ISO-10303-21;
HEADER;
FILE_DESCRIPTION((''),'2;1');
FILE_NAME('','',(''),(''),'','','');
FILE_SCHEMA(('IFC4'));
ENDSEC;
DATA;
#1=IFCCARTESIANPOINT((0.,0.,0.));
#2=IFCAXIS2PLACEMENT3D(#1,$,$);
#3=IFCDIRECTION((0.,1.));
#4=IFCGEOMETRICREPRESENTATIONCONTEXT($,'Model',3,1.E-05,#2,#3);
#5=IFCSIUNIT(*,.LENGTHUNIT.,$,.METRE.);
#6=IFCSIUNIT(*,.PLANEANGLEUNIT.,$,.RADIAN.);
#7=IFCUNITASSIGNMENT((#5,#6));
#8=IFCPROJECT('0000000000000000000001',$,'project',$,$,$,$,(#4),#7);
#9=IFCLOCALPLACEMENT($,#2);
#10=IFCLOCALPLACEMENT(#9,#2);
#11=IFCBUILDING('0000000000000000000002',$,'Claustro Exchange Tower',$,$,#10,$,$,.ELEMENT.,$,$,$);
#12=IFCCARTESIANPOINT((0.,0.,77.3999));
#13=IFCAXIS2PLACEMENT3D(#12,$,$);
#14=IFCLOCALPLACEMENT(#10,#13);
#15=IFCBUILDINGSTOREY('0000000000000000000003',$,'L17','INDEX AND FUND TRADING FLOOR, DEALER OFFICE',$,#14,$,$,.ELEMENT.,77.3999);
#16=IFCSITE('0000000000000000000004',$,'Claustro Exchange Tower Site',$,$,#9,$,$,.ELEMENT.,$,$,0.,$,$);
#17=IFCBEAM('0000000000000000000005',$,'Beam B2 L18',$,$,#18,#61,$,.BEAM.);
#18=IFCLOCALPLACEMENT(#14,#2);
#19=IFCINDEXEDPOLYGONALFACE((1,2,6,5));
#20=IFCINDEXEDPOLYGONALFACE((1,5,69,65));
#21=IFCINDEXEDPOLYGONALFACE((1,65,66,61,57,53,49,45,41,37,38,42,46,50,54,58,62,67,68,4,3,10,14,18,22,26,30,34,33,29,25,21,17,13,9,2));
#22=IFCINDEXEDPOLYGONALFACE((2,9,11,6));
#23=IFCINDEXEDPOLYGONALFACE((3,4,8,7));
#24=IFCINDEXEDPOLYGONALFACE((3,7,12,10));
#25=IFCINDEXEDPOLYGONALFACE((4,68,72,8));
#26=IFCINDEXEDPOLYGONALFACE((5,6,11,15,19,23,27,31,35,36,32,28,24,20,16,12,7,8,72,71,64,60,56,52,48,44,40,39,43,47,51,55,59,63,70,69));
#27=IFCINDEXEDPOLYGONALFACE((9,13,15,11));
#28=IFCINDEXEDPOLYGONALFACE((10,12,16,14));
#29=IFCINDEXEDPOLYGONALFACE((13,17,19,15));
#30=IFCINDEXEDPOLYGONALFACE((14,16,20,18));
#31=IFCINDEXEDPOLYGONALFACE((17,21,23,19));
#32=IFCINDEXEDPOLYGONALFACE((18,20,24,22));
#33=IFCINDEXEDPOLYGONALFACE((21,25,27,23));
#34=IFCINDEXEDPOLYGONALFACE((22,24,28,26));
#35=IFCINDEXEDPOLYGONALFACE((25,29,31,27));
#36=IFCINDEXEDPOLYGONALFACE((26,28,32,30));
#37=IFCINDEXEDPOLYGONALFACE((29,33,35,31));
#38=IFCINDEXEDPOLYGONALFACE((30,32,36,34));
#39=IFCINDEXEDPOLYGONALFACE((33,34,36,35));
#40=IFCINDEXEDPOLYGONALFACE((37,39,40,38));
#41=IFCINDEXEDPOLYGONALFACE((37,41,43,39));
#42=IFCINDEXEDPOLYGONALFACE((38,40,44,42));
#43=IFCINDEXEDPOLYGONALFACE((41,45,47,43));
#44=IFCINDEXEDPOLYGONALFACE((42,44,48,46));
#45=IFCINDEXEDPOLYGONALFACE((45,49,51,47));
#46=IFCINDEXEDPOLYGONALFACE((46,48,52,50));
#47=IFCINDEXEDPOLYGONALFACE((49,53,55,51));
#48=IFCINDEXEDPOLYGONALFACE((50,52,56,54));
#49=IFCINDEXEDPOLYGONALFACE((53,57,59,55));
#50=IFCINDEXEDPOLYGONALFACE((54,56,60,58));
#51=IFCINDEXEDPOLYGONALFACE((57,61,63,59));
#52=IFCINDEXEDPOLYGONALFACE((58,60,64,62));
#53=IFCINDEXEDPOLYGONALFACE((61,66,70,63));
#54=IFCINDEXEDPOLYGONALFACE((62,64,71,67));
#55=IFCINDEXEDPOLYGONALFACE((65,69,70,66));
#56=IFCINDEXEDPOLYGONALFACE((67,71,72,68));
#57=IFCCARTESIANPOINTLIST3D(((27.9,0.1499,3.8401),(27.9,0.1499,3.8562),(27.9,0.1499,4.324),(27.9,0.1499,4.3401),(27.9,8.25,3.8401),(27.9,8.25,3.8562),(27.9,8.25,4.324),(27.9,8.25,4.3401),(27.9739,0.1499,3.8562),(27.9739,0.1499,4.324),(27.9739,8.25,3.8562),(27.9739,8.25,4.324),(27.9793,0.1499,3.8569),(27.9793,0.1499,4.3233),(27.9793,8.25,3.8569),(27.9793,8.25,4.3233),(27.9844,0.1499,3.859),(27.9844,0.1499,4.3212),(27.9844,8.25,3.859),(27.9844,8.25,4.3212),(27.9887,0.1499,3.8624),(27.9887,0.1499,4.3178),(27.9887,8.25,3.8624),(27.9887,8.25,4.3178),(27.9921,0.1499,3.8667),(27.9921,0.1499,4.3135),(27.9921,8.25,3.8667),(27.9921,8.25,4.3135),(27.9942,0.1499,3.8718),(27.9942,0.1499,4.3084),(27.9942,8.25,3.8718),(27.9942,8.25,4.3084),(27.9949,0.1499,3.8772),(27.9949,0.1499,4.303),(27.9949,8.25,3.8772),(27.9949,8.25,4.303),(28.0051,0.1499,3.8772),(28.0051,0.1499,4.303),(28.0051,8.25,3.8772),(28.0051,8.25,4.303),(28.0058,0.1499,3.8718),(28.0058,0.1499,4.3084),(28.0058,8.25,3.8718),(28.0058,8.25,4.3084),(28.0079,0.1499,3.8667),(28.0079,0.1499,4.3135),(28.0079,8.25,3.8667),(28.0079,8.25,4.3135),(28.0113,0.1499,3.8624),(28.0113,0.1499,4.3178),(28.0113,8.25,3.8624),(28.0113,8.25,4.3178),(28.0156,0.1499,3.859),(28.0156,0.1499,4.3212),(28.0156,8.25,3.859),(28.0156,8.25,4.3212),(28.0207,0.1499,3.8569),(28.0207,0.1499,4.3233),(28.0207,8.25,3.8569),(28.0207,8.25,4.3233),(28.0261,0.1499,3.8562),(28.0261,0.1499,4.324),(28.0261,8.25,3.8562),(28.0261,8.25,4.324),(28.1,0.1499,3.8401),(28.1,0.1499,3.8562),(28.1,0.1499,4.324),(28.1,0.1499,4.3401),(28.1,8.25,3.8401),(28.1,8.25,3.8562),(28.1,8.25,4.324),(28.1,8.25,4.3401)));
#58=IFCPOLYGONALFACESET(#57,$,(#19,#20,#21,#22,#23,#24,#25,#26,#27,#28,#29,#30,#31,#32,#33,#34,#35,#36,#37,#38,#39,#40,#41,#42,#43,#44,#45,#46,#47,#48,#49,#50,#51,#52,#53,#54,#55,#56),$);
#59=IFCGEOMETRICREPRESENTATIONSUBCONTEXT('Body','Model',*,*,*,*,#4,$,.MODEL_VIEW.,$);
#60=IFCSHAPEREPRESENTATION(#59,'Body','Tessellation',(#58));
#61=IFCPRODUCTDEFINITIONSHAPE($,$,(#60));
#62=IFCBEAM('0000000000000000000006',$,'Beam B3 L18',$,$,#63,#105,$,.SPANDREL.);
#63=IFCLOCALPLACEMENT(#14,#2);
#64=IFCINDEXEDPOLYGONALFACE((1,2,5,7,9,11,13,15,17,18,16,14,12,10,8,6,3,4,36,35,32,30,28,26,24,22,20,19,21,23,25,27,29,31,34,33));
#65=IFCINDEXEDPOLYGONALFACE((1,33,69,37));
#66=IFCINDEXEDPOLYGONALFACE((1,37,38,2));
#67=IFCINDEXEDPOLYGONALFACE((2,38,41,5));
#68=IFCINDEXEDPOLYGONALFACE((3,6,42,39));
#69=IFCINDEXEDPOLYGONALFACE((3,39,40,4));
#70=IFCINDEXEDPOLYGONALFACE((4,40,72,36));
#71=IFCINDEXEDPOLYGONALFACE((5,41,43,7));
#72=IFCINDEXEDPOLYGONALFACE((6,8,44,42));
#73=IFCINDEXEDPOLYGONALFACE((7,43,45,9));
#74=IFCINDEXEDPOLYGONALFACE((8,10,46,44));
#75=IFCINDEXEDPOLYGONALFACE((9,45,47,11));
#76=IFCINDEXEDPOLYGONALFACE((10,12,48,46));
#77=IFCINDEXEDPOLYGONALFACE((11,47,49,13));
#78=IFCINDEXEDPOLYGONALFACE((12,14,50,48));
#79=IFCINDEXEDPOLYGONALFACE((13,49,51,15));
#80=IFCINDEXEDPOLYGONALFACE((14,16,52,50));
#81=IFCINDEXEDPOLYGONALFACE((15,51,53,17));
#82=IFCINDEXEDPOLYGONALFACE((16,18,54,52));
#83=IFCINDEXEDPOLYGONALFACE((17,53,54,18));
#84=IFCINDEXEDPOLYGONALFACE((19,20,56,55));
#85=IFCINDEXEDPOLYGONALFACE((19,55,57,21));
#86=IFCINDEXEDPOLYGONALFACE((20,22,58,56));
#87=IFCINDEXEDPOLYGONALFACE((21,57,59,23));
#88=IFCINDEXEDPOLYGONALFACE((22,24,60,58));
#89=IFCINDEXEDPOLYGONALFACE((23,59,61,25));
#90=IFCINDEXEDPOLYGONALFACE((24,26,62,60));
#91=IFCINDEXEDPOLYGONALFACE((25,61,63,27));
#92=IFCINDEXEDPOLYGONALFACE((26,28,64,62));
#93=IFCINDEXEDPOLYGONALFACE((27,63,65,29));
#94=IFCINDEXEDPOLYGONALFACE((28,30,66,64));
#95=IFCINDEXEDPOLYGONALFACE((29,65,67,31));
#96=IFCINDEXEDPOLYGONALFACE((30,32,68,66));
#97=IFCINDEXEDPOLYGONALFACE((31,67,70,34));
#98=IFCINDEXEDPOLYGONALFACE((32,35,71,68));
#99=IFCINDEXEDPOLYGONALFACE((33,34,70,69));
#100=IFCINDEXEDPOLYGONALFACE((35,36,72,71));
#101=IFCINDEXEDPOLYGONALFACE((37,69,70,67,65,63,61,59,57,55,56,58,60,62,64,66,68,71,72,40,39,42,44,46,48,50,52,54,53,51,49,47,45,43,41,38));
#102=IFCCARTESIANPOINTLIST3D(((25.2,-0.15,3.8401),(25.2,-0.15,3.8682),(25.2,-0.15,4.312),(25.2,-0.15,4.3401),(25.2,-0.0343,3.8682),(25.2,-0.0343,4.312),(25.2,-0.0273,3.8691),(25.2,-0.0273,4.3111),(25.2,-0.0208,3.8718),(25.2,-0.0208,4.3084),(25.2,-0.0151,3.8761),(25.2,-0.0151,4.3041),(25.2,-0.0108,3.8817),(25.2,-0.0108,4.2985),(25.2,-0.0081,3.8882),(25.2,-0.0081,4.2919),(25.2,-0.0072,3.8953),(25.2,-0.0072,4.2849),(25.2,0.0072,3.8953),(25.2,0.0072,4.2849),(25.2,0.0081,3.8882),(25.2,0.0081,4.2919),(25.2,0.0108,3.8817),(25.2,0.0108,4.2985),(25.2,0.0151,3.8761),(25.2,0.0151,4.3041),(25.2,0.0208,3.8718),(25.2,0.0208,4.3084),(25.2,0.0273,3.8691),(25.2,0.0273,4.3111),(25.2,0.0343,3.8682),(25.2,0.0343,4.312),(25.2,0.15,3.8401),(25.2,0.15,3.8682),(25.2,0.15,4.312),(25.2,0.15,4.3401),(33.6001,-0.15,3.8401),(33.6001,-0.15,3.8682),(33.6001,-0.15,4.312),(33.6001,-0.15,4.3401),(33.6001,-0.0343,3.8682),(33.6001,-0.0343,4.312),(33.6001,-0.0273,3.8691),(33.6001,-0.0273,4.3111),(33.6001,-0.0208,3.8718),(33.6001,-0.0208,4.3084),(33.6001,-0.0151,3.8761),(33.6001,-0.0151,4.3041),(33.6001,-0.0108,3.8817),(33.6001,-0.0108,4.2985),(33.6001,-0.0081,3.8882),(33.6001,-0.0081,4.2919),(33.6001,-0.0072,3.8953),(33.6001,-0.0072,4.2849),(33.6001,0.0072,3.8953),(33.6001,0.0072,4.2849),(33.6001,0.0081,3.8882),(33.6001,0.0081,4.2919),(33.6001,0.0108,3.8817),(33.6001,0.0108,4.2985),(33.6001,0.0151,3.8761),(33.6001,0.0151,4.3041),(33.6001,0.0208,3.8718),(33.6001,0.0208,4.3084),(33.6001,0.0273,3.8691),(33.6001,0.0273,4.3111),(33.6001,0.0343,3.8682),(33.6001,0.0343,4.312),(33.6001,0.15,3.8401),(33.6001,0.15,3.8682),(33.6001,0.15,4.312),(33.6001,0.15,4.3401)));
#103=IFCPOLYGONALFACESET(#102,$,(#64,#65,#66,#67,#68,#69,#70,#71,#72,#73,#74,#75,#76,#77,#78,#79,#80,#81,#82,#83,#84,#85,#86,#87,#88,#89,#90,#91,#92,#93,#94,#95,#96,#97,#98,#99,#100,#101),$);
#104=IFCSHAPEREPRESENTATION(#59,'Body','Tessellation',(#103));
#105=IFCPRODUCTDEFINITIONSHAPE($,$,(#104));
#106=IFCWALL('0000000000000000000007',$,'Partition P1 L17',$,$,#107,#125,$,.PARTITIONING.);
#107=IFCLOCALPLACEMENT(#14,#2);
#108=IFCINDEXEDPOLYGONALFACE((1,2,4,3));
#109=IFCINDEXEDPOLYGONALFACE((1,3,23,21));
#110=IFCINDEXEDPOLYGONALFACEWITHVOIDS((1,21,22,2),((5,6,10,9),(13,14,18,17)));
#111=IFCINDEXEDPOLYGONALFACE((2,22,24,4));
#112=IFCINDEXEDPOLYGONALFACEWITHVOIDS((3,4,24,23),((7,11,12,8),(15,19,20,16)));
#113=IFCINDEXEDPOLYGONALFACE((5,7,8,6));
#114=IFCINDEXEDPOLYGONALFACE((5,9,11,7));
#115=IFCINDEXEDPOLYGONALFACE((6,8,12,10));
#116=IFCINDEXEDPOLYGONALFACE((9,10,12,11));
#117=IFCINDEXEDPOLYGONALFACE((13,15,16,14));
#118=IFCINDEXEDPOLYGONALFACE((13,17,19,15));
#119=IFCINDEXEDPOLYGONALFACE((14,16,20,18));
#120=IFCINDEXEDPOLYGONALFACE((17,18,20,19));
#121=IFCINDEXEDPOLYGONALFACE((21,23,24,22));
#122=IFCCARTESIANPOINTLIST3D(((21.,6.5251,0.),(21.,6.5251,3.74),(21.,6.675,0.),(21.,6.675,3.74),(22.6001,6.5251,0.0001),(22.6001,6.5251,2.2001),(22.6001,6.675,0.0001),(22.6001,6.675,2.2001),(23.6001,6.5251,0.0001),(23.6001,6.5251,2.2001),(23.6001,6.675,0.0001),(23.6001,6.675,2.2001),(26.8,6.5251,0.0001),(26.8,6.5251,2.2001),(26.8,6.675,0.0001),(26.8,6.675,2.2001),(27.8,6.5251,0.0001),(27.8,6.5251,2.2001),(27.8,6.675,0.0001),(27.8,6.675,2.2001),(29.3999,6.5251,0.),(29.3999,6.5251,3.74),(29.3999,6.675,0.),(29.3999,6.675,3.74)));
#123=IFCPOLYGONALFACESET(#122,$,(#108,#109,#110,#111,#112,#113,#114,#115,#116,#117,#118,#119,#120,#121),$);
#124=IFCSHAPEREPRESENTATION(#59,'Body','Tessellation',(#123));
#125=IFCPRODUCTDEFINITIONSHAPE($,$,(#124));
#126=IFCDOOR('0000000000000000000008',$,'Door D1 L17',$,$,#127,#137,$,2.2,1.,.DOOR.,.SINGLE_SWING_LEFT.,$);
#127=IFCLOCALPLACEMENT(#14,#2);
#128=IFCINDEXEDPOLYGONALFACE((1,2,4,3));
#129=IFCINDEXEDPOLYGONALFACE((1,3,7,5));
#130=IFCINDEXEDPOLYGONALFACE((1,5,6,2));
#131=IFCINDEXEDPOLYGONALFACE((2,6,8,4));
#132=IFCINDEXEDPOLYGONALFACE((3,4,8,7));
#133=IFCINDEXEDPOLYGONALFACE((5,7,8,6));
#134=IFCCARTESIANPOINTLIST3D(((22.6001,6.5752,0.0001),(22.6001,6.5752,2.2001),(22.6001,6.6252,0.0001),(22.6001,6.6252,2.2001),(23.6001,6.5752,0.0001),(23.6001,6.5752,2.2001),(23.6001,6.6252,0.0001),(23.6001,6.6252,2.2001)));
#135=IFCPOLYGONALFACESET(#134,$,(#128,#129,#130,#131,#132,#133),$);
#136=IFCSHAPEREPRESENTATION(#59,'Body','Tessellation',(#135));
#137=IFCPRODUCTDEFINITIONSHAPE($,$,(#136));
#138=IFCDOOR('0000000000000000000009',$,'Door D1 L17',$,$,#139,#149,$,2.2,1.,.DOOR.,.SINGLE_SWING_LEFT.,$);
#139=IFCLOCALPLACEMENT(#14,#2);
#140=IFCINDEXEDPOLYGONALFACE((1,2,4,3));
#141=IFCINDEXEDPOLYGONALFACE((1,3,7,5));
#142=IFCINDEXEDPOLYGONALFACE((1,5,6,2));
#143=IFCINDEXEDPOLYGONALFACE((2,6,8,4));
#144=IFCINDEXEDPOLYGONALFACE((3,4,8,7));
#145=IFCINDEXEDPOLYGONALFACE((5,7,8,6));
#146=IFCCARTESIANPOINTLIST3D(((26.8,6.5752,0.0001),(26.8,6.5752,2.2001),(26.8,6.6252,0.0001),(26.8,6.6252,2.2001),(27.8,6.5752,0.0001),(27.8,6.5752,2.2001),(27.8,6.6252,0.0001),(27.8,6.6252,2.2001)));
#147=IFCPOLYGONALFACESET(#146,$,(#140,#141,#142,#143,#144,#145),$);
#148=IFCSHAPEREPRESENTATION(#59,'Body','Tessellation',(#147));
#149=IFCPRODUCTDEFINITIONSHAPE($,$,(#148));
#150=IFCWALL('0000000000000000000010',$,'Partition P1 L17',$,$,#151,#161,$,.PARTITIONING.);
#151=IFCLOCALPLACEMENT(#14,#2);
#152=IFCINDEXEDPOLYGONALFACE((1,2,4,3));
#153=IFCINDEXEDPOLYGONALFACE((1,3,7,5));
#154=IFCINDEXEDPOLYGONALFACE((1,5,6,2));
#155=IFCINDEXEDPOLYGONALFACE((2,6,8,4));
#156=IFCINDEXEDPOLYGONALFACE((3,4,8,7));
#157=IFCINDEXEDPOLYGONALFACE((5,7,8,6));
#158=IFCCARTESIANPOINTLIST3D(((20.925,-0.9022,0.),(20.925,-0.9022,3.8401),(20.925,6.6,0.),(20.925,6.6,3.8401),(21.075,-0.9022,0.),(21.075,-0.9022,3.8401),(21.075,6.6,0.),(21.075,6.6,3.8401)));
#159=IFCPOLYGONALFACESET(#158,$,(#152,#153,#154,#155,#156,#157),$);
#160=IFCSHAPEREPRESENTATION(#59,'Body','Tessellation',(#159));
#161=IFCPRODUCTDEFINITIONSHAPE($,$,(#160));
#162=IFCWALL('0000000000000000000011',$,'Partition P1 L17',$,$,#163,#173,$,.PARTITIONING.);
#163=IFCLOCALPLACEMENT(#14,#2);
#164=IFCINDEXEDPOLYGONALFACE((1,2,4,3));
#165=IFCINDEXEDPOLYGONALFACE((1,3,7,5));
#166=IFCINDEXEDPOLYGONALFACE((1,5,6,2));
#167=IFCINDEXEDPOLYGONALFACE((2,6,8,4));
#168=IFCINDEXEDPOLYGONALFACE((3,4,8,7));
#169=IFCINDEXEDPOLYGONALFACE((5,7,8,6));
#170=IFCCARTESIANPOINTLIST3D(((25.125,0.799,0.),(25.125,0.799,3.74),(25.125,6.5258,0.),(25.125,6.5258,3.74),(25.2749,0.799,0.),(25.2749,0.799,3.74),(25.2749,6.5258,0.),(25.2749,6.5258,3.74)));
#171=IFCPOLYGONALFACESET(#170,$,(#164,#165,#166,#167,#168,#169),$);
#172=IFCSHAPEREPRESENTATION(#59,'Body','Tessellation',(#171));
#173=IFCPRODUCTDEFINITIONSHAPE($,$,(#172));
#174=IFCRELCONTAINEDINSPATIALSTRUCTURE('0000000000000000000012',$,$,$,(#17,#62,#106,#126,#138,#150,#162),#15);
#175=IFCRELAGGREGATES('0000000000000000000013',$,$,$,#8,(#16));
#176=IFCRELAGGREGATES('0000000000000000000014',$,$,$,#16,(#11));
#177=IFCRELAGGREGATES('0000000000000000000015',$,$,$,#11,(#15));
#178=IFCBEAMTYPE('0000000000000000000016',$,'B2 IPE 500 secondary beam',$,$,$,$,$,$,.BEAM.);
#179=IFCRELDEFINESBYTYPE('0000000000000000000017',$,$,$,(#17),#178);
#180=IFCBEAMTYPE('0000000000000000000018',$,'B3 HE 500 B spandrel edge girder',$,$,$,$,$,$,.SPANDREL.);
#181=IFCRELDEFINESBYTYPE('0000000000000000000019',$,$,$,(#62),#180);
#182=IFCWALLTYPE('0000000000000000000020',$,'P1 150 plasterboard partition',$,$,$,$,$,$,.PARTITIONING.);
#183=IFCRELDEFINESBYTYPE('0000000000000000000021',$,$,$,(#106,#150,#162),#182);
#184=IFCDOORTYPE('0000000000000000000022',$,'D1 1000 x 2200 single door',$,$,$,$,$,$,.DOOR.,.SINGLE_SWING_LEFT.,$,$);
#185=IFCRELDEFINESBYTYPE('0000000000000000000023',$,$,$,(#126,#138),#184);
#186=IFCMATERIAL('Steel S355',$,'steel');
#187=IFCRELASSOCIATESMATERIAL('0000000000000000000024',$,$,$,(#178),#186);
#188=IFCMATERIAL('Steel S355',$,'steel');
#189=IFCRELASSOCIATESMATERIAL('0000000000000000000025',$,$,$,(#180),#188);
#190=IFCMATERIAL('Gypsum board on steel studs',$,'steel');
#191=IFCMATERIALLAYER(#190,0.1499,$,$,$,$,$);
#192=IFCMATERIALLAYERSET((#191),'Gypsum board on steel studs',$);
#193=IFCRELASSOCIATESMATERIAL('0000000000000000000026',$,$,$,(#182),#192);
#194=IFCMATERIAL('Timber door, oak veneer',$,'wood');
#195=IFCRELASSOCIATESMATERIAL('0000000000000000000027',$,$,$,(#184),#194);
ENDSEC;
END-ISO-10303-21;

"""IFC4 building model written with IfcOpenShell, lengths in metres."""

from ifc_helpers import new_model, si_unit, direction, frame, frame_2d, origin, origin_2d, place, context, subcontext, project, spatial, rectangle, i_section, extrude, material, layer, layer_set, material_profile, profile_set, type_object, element, fill, save


model = new_model("IFC4")

# Units and contexts
model_context = context("Model", 3, precision=1e-05, world=origin(), true_north=direction((0.0, 1.0)))
body_context = subcontext(model_context, "Body", "Model", "MODEL_VIEW")
ifc_project = project(units=[si_unit("LENGTHUNIT", "METRE"), si_unit("PLANEANGLEUNIT", "RADIAN")], contexts=[model_context])

# Site, building, storey
site_placement = place(None, origin())
site = spatial("IfcSite", under=ifc_project, at=site_placement, Name="Claustro Exchange Tower Site", CompositionType="ELEMENT", RefElevation=0.0)
building_placement = place(site_placement, origin())
building = spatial("IfcBuilding", under=site, at=building_placement, Name="Claustro Exchange Tower", CompositionType="ELEMENT")
storey_placement = place(building_placement, frame((0.0, 0.0, 77.3999)))
storey = spatial("IfcBuildingStorey", under=building, at=storey_placement, Name="L17", Description="INDEX AND FUND TRADING FLOOR, DEALER OFFICE", CompositionType="ELEMENT", Elevation=77.3999)

# Beams
ifc_material_1 = material(Name="Steel S355", Category="steel")
ifc_material_profile_1 = material_profile(ifc_material_1, i_section(OverallWidth=0.2, OverallDepth=0.5, WebThickness=0.0103, FlangeThickness=0.0161, FilletRadius=0.021, at=origin_2d()), Name="IPE 500")
ifc_profile_set_1 = profile_set([ifc_material_profile_1], Name="Steel S355")
beam_type_1 = type_object("IfcBeamType", Name="B2 IPE 500 secondary beam", PredefinedType="BEAM", material=ifc_profile_set_1)
beam_1_placement = place(storey_placement, frame((28.0, 0.1499, 4.0901), z_axis=(0.0, 1.0, 0.0), x_axis=(-1.0, 0.0, 0.0)))
element("IfcBeam", 1, at=beam_1_placement, inside=storey, type_object=beam_type_1, Name="Beam B2 L18", PredefinedType="BEAM", context=body_context, shape_type="SweptSolid", body=[
    extrude(i_section(OverallWidth=0.2, OverallDepth=0.5, WebThickness=0.0103, FlangeThickness=0.0161, FilletRadius=0.021, at=origin_2d()), origin(), (0.0, 0.0, 1.0), 8.1001),
])
ifc_material_2 = material(Name="Steel S355", Category="steel")
ifc_material_profile_2 = material_profile(ifc_material_2, i_section(OverallWidth=0.3, OverallDepth=0.5, WebThickness=0.0144, FlangeThickness=0.0281, FilletRadius=0.0271, at=origin_2d()), Name="HE 500 B")
ifc_profile_set_2 = profile_set([ifc_material_profile_2], Name="Steel S355")
beam_type_2 = type_object("IfcBeamType", Name="B3 HE 500 B spandrel edge girder", PredefinedType="SPANDREL", material=ifc_profile_set_2)
beam_2_placement = place(storey_placement, frame((25.2, 0.0, 4.0901), z_axis=(1.0, 0.0, 0.0), x_axis=(0.0, 1.0, 0.0)))
element("IfcBeam", 2, at=beam_2_placement, inside=storey, type_object=beam_type_2, Name="Beam B3 L18", PredefinedType="SPANDREL", context=body_context, shape_type="SweptSolid", body=[
    extrude(i_section(OverallWidth=0.3, OverallDepth=0.5, WebThickness=0.0144, FlangeThickness=0.0281, FilletRadius=0.0271, at=origin_2d()), origin(), (0.0, 0.0, 1.0), 8.4001),
])

# Wall, openings, doors
ifc_material_3 = material(Name="Gypsum board on steel studs", Category="steel")
ifc_layer_1 = layer(ifc_material_3, 0.1499)
ifc_layer_set_1 = layer_set([ifc_layer_1], Name="Gypsum board on steel studs")
wall_type_1 = type_object("IfcWallType", Name="P1 150 plasterboard partition", PredefinedType="PARTITIONING", material=ifc_layer_set_1)
wall_1_placement = place(storey_placement, frame((21.0, 6.6001, 0.0), z_axis=(0.0, 0.0, 1.0), x_axis=(1.0, 0.0, 0.0)))
wall_1 = element("IfcWall", 3, at=wall_1_placement, inside=storey, type_object=wall_type_1, Name="Partition P1 L17", PredefinedType="PARTITIONING", context=body_context, shape_type="SweptSolid", body=[
    extrude(rectangle(XDim=8.3999, YDim=0.1499, at=frame_2d((4.2, 0.0))), origin(), (0.0, 0.0, 1.0), 3.74),
])
opening_1_placement = place(wall_1_placement, frame((1.6001, 0.0, 0.0)))
opening_1 = element("IfcOpeningElement", 4, at=opening_1_placement, cuts=wall_1, PredefinedType="OPENING", context=body_context, shape_type="SweptSolid", body=[
    extrude(rectangle(XDim=1.0, YDim=2.2, at=frame_2d((0.5, 1.1001))), frame((0.0, 0.085, 0.0), z_axis=(0.0, -1.0, 0.0), x_axis=(1.0, 0.0, 0.0)), (0.0, 0.0, 1.0), 0.1699),
])
opening_2_placement = place(wall_1_placement, frame((5.8, 0.0, 0.0)))
opening_2 = element("IfcOpeningElement", 5, at=opening_2_placement, cuts=wall_1, PredefinedType="OPENING", context=body_context, shape_type="SweptSolid", body=[
    extrude(rectangle(XDim=1.0, YDim=2.2, at=frame_2d((0.5, 1.1001))), frame((0.0, 0.085, 0.0), z_axis=(0.0, -1.0, 0.0), x_axis=(1.0, 0.0, 0.0)), (0.0, 0.0, 1.0), 0.1699),
])
ifc_material_4 = material(Name="Timber door, oak veneer", Category="wood")
door_type = type_object("IfcDoorType", Name="D1 1000 x 2200 single door", OperationType="SINGLE_SWING_LEFT", PredefinedType="DOOR", material=ifc_material_4)
door_1_placement = place(opening_1_placement, frame((1.0, 0.0, 0.0), z_axis=(0.0, 0.0, 1.0), x_axis=(-1.0, 0.0, 0.0)))
door_1 = element("IfcDoor", 6, at=door_1_placement, inside=storey, type_object=door_type, Name="Door D1 L17", OperationType="SINGLE_SWING_LEFT", OverallHeight=2.2, OverallWidth=1.0, PredefinedType="DOOR", context=body_context, shape_type="SweptSolid", body=[
    extrude(rectangle(XDim=1.0, YDim=2.2, at=frame_2d((0.5, 1.1001))), frame((0.0, 0.0249, 0.0), z_axis=(0.0, -1.0, 0.0), x_axis=(1.0, 0.0, 0.0)), (0.0, 0.0, 1.0), 0.05),
])
fill(opening_1, door_1)
door_2_placement = place(opening_2_placement, frame((1.0, 0.0, 0.0), z_axis=(0.0, 0.0, 1.0), x_axis=(-1.0, 0.0, 0.0)))
door_2 = element("IfcDoor", 7, at=door_2_placement, inside=storey, type_object=door_type, Name="Door D1 L17", OperationType="SINGLE_SWING_LEFT", OverallHeight=2.2, OverallWidth=1.0, PredefinedType="DOOR", context=body_context, shape_type="SweptSolid", body=[
    extrude(rectangle(XDim=1.0, YDim=2.2, at=frame_2d((0.5, 1.1001))), frame((0.0, 0.0249, 0.0), z_axis=(0.0, -1.0, 0.0), x_axis=(1.0, 0.0, 0.0)), (0.0, 0.0, 1.0), 0.05),
])
fill(opening_2, door_2)

# Walls
wall_2_placement = place(storey_placement, frame((21.0, -0.9021, 0.0), z_axis=(0.0, 0.0, 1.0), x_axis=(0.0, 1.0, 0.0)))
element("IfcWall", 8, at=wall_2_placement, inside=storey, type_object=wall_type_1, Name="Partition P1 L17", PredefinedType="PARTITIONING", context=body_context, shape_type="SweptSolid", body=[
    extrude(rectangle(XDim=7.5022, YDim=0.1499, at=frame_2d((3.751, 0.0))), origin(), (0.0, 0.0, 1.0), 3.8401),
])
wall_3_placement = place(storey_placement, frame((25.2, 0.7991, 0.0), z_axis=(0.0, 0.0, 1.0), x_axis=(0.0, 1.0, 0.0)))
element("IfcWall", 9, at=wall_3_placement, inside=storey, type_object=wall_type_1, Name="Partition P1 L17", PredefinedType="PARTITIONING", context=body_context, shape_type="SweptSolid", body=[
    extrude(rectangle(XDim=5.7268, YDim=0.1499, at=frame_2d((2.8633, 0.0))), origin(), (0.0, 0.0, 1.0), 3.74),
])

save(model, "model.ifc")
